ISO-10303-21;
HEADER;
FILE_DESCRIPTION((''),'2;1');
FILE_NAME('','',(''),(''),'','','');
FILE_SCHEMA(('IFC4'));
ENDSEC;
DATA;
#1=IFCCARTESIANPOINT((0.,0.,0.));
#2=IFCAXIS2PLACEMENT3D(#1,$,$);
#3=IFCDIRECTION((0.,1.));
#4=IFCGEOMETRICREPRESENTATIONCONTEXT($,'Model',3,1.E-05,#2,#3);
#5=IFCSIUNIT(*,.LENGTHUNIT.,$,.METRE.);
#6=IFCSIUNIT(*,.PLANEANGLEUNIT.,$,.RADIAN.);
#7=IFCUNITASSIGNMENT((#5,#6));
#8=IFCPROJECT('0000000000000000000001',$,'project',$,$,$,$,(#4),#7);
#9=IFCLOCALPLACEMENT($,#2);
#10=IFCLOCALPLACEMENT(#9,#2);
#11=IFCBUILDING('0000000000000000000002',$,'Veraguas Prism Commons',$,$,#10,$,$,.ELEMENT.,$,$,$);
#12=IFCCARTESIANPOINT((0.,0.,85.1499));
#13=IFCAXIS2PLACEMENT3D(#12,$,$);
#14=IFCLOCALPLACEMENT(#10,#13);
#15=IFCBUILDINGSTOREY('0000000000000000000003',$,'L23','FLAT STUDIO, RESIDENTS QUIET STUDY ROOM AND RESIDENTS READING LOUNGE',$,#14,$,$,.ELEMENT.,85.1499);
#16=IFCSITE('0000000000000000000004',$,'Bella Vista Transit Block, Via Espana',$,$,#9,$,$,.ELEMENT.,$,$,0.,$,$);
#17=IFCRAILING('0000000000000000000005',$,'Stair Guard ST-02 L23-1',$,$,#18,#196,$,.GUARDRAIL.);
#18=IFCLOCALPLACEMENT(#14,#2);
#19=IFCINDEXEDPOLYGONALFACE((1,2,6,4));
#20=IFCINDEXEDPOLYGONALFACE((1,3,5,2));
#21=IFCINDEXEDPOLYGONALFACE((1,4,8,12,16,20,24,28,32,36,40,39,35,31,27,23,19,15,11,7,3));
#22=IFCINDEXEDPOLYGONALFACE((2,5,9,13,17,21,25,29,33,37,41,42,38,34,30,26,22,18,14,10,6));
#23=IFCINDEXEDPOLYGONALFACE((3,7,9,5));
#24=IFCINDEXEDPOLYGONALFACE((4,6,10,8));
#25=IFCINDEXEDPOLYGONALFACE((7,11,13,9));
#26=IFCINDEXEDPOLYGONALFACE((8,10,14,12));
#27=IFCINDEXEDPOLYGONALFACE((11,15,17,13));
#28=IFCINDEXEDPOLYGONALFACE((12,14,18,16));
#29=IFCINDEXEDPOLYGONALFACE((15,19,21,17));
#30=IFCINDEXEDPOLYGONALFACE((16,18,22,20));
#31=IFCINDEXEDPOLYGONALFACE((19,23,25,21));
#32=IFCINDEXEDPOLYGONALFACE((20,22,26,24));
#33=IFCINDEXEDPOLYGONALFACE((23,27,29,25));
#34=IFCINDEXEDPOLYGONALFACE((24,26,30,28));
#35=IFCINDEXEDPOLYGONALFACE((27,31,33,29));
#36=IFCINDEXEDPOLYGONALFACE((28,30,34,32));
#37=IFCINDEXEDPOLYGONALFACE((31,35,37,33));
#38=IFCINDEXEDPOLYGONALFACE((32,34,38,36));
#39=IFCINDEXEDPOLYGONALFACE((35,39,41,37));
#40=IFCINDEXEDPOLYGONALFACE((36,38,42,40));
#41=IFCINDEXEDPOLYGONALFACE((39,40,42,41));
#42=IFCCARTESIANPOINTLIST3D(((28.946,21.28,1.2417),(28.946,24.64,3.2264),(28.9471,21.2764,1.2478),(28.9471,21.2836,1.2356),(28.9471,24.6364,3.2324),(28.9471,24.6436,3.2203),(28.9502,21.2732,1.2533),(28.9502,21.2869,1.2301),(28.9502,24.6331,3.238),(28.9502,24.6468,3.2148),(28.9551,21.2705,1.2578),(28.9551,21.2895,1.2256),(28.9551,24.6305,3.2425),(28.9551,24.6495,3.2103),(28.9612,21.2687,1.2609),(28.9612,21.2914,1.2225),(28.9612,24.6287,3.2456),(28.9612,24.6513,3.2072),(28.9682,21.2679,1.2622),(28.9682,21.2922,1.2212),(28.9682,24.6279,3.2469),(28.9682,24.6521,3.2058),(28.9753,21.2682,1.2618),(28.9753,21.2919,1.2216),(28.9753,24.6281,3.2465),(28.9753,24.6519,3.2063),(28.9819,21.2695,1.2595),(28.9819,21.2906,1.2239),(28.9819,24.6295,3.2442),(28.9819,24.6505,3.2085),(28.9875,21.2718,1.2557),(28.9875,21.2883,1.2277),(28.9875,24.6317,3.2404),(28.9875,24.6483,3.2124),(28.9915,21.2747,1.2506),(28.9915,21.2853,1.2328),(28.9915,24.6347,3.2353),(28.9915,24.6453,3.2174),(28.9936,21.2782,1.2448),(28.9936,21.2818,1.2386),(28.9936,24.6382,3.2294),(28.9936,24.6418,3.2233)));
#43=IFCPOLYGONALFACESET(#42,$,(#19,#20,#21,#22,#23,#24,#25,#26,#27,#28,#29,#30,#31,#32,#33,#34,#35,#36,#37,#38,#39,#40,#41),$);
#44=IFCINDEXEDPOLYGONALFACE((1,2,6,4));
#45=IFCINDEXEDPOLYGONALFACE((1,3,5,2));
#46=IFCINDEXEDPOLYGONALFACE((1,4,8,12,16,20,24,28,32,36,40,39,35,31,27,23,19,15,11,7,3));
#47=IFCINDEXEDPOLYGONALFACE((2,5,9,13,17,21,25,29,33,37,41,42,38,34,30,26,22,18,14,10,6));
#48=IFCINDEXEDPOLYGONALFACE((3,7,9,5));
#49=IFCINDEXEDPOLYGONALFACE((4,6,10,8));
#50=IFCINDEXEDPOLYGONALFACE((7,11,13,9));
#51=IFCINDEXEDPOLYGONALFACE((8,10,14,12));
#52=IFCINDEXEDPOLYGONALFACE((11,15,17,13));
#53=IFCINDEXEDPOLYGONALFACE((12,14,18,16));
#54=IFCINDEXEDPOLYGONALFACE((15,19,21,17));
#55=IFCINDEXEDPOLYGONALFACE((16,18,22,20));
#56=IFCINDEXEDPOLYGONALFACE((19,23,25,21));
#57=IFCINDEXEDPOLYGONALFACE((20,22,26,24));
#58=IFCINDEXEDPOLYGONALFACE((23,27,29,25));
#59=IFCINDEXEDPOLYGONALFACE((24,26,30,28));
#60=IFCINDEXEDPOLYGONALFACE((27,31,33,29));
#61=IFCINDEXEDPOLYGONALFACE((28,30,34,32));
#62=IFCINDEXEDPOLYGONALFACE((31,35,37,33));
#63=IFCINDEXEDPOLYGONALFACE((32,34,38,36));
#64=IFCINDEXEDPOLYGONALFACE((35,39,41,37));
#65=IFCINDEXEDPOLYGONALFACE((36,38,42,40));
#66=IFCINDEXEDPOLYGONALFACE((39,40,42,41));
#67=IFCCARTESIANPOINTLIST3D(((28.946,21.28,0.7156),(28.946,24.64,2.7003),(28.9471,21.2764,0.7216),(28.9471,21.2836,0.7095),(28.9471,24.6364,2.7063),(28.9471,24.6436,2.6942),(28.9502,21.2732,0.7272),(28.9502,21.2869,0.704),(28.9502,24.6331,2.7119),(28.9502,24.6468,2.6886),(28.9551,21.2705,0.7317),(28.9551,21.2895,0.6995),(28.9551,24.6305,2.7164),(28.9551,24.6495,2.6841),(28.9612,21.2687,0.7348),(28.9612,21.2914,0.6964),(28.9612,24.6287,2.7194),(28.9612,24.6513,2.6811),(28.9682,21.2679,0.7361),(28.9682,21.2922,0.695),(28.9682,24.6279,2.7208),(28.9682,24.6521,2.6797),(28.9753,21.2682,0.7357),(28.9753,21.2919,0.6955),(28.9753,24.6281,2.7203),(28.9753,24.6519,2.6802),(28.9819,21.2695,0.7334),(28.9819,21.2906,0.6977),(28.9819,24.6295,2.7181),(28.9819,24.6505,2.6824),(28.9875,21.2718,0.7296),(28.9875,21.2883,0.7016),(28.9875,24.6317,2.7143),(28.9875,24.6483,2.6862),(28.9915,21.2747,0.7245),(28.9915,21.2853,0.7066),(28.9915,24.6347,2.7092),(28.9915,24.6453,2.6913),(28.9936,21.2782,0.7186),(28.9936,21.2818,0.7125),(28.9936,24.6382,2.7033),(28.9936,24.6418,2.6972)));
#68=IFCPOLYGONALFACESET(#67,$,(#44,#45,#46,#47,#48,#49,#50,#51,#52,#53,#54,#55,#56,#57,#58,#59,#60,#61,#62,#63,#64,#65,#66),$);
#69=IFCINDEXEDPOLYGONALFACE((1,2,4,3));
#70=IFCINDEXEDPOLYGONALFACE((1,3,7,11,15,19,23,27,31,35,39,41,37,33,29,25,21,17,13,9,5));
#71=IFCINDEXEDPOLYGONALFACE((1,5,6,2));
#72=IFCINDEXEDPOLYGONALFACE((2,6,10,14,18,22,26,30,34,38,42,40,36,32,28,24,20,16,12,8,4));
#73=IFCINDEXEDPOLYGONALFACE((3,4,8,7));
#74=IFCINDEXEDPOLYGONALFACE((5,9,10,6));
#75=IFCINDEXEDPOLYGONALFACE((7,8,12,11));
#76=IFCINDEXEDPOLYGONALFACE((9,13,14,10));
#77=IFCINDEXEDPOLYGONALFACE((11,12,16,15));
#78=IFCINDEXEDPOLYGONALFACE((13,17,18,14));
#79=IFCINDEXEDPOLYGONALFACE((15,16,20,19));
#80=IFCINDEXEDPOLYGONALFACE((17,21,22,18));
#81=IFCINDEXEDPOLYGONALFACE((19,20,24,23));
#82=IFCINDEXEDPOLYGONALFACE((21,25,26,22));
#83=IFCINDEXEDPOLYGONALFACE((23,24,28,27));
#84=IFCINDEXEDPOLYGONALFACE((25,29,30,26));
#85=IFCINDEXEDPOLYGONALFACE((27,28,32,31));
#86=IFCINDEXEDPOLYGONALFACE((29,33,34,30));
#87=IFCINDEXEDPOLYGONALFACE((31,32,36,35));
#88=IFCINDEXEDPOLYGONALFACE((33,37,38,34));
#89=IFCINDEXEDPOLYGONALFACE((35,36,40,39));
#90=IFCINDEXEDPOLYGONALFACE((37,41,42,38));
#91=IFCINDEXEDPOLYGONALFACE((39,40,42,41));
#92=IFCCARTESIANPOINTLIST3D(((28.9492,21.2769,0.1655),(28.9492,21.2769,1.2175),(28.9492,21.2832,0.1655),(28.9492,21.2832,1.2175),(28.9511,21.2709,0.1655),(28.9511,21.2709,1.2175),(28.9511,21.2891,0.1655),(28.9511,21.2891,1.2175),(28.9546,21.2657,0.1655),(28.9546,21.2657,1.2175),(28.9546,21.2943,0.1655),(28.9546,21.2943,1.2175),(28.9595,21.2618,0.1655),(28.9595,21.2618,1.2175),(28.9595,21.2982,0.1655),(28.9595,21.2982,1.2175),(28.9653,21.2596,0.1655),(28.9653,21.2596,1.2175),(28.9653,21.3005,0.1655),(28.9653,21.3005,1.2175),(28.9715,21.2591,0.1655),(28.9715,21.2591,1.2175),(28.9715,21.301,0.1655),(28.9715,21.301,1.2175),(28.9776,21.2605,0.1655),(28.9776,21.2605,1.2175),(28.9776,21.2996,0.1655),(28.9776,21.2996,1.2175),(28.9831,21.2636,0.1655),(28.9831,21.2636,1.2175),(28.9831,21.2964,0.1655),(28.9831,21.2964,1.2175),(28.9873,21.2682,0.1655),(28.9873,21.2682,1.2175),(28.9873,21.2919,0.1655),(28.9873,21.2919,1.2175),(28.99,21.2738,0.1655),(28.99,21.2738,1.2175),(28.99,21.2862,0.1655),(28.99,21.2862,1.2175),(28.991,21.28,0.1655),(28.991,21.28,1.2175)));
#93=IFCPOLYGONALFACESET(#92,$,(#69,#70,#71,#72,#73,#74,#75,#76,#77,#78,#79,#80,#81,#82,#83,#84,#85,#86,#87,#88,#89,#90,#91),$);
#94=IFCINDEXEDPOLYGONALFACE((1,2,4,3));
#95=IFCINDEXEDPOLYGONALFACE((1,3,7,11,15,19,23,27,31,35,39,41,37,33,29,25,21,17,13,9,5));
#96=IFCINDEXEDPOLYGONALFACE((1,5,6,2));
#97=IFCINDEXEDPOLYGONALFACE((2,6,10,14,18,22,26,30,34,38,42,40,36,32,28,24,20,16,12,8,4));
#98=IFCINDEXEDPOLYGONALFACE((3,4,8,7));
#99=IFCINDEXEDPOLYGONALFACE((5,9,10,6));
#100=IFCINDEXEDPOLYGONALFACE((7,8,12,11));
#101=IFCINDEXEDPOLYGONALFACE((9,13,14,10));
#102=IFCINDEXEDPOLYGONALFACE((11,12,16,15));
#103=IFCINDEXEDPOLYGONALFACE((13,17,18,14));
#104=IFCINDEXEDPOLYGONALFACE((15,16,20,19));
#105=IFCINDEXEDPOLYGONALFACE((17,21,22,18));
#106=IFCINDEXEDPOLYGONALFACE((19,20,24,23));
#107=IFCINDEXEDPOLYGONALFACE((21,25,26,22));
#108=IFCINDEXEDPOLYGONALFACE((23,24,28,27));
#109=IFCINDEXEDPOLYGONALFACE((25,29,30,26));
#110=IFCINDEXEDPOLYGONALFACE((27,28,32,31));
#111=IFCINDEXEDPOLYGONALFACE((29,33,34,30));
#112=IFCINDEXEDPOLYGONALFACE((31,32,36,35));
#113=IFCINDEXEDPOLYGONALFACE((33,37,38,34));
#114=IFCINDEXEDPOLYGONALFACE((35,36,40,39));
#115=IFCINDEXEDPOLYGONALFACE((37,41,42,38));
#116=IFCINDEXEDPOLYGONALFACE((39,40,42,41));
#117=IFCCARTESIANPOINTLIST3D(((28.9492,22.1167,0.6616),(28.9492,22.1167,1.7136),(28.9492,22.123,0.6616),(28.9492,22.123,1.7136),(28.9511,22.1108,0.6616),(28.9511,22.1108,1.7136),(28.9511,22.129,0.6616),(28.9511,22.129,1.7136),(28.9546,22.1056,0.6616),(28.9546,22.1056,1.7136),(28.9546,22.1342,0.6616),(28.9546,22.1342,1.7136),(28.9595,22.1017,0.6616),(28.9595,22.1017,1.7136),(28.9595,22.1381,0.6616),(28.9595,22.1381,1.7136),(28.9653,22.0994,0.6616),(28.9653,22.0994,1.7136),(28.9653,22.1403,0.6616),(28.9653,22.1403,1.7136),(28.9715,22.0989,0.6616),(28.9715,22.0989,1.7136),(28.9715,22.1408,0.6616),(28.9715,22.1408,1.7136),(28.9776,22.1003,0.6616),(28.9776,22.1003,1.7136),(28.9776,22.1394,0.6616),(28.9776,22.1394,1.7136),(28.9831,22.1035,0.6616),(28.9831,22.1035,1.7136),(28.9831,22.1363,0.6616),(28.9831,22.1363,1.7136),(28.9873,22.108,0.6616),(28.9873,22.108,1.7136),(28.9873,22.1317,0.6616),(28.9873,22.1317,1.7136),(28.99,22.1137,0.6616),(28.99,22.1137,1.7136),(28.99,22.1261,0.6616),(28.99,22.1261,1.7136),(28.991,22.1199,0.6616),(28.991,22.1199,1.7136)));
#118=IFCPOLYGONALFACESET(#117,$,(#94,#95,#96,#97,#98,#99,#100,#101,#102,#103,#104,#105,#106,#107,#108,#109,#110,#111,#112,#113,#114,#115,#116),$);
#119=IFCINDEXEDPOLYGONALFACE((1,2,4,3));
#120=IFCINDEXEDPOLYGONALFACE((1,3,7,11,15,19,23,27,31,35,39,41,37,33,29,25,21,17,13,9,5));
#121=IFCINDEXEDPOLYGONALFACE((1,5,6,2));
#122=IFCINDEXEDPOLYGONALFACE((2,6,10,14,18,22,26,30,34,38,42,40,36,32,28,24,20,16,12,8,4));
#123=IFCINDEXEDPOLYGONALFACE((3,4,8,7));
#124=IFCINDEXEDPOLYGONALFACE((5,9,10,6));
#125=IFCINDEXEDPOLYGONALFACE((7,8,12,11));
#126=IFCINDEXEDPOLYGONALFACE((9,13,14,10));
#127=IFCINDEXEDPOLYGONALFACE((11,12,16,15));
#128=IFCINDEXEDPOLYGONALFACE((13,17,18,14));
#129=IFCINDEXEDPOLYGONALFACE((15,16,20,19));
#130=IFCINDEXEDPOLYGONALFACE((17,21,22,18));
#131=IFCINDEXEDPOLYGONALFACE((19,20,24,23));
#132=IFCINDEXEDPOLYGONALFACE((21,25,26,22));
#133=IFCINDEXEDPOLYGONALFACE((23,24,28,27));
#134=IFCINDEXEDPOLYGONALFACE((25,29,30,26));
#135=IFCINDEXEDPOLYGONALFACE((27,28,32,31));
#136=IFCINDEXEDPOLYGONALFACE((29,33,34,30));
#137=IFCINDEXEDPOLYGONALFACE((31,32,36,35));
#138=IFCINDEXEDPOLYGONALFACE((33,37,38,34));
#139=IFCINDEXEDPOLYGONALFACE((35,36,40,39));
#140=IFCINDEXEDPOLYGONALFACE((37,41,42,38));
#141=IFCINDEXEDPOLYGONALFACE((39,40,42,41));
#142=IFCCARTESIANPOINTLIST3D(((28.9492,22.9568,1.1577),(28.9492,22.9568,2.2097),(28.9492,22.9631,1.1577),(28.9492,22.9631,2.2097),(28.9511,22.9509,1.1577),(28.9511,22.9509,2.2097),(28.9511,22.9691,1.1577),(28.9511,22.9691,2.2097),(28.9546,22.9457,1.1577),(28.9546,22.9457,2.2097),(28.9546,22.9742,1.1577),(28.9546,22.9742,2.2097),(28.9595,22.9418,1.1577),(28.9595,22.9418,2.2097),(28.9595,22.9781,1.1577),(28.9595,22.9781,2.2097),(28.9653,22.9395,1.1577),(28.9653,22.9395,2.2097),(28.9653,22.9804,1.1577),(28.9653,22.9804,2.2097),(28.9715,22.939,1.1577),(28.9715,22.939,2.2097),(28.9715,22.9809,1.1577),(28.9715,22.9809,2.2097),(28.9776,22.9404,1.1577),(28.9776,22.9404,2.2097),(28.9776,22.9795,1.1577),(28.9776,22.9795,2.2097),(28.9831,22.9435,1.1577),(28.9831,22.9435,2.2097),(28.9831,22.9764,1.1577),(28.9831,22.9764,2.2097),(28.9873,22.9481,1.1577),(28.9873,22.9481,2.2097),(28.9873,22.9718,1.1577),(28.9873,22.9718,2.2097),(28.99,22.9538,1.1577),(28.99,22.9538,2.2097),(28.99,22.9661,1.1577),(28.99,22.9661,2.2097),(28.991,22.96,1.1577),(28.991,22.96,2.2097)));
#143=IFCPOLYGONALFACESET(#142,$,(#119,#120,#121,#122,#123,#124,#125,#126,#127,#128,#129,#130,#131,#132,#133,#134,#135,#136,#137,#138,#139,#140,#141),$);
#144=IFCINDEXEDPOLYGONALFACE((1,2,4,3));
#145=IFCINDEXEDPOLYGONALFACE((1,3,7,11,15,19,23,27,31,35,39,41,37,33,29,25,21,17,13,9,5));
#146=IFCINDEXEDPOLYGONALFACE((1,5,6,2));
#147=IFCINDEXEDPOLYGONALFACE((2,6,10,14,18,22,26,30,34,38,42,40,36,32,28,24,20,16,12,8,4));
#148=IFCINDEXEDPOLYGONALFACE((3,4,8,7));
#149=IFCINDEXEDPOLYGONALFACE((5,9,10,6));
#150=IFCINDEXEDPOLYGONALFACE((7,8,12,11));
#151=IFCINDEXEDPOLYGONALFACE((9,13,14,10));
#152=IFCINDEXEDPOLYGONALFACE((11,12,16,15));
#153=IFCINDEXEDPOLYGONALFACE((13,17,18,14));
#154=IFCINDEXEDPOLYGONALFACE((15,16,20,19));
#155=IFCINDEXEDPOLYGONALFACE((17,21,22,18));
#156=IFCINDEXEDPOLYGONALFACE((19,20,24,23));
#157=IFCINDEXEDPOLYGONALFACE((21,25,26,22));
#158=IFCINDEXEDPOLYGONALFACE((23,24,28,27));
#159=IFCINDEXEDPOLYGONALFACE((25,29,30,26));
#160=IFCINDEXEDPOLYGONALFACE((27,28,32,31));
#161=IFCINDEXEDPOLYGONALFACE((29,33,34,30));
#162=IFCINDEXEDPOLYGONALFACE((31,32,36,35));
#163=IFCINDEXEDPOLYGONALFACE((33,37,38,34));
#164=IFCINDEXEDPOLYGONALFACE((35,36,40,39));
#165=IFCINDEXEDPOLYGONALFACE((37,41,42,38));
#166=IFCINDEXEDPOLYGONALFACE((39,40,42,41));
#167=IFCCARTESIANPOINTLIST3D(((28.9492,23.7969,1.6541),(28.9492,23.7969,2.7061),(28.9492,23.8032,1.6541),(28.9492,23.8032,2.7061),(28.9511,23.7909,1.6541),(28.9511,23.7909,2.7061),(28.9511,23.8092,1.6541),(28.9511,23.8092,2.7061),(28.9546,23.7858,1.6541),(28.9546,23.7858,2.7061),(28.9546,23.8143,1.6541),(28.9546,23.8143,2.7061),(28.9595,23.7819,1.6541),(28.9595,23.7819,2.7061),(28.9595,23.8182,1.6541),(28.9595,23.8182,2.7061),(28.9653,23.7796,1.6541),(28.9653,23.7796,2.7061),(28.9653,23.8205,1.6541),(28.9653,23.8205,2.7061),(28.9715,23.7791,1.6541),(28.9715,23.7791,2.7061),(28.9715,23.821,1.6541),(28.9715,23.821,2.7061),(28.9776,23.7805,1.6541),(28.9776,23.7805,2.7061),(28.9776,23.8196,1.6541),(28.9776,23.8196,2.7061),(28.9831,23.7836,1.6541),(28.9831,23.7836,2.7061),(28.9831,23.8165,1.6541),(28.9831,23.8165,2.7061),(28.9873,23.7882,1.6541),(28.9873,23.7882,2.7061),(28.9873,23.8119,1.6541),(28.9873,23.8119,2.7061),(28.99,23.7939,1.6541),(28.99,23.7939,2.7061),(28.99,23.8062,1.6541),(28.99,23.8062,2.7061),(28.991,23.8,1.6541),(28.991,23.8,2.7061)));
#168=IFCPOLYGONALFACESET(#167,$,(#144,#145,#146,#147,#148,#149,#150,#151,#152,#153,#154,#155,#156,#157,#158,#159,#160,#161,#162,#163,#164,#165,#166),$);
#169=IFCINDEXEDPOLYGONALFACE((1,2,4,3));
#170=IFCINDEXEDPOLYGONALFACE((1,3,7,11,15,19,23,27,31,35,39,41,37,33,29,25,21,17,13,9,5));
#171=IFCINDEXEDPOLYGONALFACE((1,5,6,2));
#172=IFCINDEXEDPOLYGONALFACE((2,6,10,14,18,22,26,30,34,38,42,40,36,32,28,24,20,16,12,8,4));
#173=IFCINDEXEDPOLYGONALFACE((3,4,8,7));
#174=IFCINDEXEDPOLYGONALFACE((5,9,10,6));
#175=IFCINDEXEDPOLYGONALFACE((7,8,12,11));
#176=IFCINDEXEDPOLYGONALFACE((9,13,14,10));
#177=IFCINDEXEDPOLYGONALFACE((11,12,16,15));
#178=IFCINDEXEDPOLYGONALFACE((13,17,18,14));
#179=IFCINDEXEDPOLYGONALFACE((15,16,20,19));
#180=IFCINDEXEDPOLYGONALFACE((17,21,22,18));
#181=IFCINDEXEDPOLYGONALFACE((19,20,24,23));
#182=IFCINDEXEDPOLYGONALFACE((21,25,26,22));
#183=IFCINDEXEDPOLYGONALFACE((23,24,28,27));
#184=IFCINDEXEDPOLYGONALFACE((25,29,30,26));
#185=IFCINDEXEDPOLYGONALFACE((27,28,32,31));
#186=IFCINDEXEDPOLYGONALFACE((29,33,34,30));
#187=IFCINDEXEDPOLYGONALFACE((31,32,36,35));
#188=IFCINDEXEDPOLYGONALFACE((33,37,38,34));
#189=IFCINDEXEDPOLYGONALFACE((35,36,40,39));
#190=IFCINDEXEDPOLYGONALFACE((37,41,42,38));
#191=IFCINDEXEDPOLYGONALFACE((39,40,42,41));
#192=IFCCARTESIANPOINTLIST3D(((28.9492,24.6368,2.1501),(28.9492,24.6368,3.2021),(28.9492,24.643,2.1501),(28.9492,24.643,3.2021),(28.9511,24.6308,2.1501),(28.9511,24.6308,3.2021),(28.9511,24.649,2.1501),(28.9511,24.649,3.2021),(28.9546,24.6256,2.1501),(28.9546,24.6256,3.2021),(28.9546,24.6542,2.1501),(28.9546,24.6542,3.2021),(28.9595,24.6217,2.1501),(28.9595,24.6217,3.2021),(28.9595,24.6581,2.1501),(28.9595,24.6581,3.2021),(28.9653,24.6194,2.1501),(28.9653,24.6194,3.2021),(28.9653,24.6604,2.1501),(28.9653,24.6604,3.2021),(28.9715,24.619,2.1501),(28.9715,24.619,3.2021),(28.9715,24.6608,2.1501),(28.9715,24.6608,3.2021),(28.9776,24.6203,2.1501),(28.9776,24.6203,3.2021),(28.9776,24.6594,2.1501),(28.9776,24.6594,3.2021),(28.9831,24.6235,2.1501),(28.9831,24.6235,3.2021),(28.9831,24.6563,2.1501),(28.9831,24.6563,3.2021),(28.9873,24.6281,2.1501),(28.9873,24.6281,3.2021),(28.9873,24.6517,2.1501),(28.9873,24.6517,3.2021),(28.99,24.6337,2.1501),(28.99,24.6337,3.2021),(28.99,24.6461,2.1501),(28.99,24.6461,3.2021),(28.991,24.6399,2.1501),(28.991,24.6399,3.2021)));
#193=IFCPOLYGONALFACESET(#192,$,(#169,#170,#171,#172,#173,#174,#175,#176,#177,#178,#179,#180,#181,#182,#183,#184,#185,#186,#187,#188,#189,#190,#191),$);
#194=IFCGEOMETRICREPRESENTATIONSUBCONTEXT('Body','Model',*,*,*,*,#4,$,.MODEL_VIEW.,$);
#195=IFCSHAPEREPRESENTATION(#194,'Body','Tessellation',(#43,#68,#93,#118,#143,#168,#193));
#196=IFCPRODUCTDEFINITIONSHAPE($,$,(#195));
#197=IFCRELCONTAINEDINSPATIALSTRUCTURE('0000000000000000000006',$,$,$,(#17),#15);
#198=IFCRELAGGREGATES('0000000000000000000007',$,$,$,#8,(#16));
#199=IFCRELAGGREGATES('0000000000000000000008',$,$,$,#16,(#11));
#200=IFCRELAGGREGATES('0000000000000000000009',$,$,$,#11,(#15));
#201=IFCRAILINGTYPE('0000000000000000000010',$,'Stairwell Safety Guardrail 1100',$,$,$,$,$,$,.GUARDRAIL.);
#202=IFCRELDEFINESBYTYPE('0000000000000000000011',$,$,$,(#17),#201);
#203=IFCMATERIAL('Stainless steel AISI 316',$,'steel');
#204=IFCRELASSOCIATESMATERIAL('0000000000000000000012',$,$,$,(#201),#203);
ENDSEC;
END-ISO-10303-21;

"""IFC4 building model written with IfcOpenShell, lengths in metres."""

from ifc_helpers import new_model, si_unit, direction, frame, origin, origin_2d, place, context, subcontext, project, spatial, circle, extrude, material, type_object, element, save


model = new_model("IFC4")

# Units and contexts
model_context = context("Model", 3, precision=1e-05, world=origin(), true_north=direction((0.0, 1.0)))
body_context = subcontext(model_context, "Body", "Model", "MODEL_VIEW")
ifc_project = project(units=[si_unit("LENGTHUNIT", "METRE"), si_unit("PLANEANGLEUNIT", "RADIAN")], contexts=[model_context])

# Site, building, storey
site_placement = place(None, origin())
site = spatial("IfcSite", under=ifc_project, at=site_placement, Name="Bella Vista Transit Block, Via Espana", CompositionType="ELEMENT", RefElevation=0.0)
building_placement = place(site_placement, origin())
building = spatial("IfcBuilding", under=site, at=building_placement, Name="Veraguas Prism Commons", CompositionType="ELEMENT")
storey_placement = place(building_placement, frame((0.0, 0.0, 85.1499)))
storey = spatial("IfcBuildingStorey", under=building, at=storey_placement, Name="L23", Description="FLAT STUDIO, RESIDENTS QUIET STUDY ROOM AND RESIDENTS READING LOUNGE", CompositionType="ELEMENT", Elevation=85.1499)

# Shared definitions
ifc_material_1 = material(Name="Stainless steel AISI 316", Category="steel")

# Railing
railing_type_1 = type_object("IfcRailingType", Name="Stairwell Safety Guardrail 1100", PredefinedType="GUARDRAIL", material=ifc_material_1)
railing_1_placement = place(storey_placement, frame((28.97, 21.28, 0.1655)))
element("IfcRailing", 1, at=railing_1_placement, inside=storey, type_object=railing_type_1, Name="Stair Guard ST-02 L23-1", PredefinedType="GUARDRAIL", context=body_context, shape_type="SweptSolid", body=[
    extrude(circle(Radius=0.0239, at=origin_2d()), frame((0.0, 0.0, 1.0762), z_axis=(0.0, 0.861011, 0.508586), x_axis=(-1.0, 0.0, 0.0)), (0.0, 0.0, 1.0), 3.9023),
    extrude(circle(Radius=0.0239, at=origin_2d()), frame((0.0, 0.0, 0.55), z_axis=(0.0, 0.861011, 0.508586), x_axis=(-1.0, 0.0, 0.0)), (0.0, 0.0, 1.0), 3.9023),
    extrude(circle(Radius=0.021, at=origin_2d()), origin(), (0.0, 0.0, 1.0), 1.052),
    extrude(circle(Radius=0.021, at=origin_2d()), frame((0.0, 0.8398, 0.4961)), (0.0, 0.0, 1.0), 1.052),
    extrude(circle(Radius=0.021, at=origin_2d()), frame((0.0, 1.6799, 0.9922)), (0.0, 0.0, 1.0), 1.052),
    extrude(circle(Radius=0.021, at=origin_2d()), frame((0.0, 2.52, 1.4885)), (0.0, 0.0, 1.0), 1.052),
    extrude(circle(Radius=0.021, at=origin_2d()), frame((0.0, 3.3599, 1.9846)), (0.0, 0.0, 1.0), 1.052),
])

save(model, "model.ifc")
